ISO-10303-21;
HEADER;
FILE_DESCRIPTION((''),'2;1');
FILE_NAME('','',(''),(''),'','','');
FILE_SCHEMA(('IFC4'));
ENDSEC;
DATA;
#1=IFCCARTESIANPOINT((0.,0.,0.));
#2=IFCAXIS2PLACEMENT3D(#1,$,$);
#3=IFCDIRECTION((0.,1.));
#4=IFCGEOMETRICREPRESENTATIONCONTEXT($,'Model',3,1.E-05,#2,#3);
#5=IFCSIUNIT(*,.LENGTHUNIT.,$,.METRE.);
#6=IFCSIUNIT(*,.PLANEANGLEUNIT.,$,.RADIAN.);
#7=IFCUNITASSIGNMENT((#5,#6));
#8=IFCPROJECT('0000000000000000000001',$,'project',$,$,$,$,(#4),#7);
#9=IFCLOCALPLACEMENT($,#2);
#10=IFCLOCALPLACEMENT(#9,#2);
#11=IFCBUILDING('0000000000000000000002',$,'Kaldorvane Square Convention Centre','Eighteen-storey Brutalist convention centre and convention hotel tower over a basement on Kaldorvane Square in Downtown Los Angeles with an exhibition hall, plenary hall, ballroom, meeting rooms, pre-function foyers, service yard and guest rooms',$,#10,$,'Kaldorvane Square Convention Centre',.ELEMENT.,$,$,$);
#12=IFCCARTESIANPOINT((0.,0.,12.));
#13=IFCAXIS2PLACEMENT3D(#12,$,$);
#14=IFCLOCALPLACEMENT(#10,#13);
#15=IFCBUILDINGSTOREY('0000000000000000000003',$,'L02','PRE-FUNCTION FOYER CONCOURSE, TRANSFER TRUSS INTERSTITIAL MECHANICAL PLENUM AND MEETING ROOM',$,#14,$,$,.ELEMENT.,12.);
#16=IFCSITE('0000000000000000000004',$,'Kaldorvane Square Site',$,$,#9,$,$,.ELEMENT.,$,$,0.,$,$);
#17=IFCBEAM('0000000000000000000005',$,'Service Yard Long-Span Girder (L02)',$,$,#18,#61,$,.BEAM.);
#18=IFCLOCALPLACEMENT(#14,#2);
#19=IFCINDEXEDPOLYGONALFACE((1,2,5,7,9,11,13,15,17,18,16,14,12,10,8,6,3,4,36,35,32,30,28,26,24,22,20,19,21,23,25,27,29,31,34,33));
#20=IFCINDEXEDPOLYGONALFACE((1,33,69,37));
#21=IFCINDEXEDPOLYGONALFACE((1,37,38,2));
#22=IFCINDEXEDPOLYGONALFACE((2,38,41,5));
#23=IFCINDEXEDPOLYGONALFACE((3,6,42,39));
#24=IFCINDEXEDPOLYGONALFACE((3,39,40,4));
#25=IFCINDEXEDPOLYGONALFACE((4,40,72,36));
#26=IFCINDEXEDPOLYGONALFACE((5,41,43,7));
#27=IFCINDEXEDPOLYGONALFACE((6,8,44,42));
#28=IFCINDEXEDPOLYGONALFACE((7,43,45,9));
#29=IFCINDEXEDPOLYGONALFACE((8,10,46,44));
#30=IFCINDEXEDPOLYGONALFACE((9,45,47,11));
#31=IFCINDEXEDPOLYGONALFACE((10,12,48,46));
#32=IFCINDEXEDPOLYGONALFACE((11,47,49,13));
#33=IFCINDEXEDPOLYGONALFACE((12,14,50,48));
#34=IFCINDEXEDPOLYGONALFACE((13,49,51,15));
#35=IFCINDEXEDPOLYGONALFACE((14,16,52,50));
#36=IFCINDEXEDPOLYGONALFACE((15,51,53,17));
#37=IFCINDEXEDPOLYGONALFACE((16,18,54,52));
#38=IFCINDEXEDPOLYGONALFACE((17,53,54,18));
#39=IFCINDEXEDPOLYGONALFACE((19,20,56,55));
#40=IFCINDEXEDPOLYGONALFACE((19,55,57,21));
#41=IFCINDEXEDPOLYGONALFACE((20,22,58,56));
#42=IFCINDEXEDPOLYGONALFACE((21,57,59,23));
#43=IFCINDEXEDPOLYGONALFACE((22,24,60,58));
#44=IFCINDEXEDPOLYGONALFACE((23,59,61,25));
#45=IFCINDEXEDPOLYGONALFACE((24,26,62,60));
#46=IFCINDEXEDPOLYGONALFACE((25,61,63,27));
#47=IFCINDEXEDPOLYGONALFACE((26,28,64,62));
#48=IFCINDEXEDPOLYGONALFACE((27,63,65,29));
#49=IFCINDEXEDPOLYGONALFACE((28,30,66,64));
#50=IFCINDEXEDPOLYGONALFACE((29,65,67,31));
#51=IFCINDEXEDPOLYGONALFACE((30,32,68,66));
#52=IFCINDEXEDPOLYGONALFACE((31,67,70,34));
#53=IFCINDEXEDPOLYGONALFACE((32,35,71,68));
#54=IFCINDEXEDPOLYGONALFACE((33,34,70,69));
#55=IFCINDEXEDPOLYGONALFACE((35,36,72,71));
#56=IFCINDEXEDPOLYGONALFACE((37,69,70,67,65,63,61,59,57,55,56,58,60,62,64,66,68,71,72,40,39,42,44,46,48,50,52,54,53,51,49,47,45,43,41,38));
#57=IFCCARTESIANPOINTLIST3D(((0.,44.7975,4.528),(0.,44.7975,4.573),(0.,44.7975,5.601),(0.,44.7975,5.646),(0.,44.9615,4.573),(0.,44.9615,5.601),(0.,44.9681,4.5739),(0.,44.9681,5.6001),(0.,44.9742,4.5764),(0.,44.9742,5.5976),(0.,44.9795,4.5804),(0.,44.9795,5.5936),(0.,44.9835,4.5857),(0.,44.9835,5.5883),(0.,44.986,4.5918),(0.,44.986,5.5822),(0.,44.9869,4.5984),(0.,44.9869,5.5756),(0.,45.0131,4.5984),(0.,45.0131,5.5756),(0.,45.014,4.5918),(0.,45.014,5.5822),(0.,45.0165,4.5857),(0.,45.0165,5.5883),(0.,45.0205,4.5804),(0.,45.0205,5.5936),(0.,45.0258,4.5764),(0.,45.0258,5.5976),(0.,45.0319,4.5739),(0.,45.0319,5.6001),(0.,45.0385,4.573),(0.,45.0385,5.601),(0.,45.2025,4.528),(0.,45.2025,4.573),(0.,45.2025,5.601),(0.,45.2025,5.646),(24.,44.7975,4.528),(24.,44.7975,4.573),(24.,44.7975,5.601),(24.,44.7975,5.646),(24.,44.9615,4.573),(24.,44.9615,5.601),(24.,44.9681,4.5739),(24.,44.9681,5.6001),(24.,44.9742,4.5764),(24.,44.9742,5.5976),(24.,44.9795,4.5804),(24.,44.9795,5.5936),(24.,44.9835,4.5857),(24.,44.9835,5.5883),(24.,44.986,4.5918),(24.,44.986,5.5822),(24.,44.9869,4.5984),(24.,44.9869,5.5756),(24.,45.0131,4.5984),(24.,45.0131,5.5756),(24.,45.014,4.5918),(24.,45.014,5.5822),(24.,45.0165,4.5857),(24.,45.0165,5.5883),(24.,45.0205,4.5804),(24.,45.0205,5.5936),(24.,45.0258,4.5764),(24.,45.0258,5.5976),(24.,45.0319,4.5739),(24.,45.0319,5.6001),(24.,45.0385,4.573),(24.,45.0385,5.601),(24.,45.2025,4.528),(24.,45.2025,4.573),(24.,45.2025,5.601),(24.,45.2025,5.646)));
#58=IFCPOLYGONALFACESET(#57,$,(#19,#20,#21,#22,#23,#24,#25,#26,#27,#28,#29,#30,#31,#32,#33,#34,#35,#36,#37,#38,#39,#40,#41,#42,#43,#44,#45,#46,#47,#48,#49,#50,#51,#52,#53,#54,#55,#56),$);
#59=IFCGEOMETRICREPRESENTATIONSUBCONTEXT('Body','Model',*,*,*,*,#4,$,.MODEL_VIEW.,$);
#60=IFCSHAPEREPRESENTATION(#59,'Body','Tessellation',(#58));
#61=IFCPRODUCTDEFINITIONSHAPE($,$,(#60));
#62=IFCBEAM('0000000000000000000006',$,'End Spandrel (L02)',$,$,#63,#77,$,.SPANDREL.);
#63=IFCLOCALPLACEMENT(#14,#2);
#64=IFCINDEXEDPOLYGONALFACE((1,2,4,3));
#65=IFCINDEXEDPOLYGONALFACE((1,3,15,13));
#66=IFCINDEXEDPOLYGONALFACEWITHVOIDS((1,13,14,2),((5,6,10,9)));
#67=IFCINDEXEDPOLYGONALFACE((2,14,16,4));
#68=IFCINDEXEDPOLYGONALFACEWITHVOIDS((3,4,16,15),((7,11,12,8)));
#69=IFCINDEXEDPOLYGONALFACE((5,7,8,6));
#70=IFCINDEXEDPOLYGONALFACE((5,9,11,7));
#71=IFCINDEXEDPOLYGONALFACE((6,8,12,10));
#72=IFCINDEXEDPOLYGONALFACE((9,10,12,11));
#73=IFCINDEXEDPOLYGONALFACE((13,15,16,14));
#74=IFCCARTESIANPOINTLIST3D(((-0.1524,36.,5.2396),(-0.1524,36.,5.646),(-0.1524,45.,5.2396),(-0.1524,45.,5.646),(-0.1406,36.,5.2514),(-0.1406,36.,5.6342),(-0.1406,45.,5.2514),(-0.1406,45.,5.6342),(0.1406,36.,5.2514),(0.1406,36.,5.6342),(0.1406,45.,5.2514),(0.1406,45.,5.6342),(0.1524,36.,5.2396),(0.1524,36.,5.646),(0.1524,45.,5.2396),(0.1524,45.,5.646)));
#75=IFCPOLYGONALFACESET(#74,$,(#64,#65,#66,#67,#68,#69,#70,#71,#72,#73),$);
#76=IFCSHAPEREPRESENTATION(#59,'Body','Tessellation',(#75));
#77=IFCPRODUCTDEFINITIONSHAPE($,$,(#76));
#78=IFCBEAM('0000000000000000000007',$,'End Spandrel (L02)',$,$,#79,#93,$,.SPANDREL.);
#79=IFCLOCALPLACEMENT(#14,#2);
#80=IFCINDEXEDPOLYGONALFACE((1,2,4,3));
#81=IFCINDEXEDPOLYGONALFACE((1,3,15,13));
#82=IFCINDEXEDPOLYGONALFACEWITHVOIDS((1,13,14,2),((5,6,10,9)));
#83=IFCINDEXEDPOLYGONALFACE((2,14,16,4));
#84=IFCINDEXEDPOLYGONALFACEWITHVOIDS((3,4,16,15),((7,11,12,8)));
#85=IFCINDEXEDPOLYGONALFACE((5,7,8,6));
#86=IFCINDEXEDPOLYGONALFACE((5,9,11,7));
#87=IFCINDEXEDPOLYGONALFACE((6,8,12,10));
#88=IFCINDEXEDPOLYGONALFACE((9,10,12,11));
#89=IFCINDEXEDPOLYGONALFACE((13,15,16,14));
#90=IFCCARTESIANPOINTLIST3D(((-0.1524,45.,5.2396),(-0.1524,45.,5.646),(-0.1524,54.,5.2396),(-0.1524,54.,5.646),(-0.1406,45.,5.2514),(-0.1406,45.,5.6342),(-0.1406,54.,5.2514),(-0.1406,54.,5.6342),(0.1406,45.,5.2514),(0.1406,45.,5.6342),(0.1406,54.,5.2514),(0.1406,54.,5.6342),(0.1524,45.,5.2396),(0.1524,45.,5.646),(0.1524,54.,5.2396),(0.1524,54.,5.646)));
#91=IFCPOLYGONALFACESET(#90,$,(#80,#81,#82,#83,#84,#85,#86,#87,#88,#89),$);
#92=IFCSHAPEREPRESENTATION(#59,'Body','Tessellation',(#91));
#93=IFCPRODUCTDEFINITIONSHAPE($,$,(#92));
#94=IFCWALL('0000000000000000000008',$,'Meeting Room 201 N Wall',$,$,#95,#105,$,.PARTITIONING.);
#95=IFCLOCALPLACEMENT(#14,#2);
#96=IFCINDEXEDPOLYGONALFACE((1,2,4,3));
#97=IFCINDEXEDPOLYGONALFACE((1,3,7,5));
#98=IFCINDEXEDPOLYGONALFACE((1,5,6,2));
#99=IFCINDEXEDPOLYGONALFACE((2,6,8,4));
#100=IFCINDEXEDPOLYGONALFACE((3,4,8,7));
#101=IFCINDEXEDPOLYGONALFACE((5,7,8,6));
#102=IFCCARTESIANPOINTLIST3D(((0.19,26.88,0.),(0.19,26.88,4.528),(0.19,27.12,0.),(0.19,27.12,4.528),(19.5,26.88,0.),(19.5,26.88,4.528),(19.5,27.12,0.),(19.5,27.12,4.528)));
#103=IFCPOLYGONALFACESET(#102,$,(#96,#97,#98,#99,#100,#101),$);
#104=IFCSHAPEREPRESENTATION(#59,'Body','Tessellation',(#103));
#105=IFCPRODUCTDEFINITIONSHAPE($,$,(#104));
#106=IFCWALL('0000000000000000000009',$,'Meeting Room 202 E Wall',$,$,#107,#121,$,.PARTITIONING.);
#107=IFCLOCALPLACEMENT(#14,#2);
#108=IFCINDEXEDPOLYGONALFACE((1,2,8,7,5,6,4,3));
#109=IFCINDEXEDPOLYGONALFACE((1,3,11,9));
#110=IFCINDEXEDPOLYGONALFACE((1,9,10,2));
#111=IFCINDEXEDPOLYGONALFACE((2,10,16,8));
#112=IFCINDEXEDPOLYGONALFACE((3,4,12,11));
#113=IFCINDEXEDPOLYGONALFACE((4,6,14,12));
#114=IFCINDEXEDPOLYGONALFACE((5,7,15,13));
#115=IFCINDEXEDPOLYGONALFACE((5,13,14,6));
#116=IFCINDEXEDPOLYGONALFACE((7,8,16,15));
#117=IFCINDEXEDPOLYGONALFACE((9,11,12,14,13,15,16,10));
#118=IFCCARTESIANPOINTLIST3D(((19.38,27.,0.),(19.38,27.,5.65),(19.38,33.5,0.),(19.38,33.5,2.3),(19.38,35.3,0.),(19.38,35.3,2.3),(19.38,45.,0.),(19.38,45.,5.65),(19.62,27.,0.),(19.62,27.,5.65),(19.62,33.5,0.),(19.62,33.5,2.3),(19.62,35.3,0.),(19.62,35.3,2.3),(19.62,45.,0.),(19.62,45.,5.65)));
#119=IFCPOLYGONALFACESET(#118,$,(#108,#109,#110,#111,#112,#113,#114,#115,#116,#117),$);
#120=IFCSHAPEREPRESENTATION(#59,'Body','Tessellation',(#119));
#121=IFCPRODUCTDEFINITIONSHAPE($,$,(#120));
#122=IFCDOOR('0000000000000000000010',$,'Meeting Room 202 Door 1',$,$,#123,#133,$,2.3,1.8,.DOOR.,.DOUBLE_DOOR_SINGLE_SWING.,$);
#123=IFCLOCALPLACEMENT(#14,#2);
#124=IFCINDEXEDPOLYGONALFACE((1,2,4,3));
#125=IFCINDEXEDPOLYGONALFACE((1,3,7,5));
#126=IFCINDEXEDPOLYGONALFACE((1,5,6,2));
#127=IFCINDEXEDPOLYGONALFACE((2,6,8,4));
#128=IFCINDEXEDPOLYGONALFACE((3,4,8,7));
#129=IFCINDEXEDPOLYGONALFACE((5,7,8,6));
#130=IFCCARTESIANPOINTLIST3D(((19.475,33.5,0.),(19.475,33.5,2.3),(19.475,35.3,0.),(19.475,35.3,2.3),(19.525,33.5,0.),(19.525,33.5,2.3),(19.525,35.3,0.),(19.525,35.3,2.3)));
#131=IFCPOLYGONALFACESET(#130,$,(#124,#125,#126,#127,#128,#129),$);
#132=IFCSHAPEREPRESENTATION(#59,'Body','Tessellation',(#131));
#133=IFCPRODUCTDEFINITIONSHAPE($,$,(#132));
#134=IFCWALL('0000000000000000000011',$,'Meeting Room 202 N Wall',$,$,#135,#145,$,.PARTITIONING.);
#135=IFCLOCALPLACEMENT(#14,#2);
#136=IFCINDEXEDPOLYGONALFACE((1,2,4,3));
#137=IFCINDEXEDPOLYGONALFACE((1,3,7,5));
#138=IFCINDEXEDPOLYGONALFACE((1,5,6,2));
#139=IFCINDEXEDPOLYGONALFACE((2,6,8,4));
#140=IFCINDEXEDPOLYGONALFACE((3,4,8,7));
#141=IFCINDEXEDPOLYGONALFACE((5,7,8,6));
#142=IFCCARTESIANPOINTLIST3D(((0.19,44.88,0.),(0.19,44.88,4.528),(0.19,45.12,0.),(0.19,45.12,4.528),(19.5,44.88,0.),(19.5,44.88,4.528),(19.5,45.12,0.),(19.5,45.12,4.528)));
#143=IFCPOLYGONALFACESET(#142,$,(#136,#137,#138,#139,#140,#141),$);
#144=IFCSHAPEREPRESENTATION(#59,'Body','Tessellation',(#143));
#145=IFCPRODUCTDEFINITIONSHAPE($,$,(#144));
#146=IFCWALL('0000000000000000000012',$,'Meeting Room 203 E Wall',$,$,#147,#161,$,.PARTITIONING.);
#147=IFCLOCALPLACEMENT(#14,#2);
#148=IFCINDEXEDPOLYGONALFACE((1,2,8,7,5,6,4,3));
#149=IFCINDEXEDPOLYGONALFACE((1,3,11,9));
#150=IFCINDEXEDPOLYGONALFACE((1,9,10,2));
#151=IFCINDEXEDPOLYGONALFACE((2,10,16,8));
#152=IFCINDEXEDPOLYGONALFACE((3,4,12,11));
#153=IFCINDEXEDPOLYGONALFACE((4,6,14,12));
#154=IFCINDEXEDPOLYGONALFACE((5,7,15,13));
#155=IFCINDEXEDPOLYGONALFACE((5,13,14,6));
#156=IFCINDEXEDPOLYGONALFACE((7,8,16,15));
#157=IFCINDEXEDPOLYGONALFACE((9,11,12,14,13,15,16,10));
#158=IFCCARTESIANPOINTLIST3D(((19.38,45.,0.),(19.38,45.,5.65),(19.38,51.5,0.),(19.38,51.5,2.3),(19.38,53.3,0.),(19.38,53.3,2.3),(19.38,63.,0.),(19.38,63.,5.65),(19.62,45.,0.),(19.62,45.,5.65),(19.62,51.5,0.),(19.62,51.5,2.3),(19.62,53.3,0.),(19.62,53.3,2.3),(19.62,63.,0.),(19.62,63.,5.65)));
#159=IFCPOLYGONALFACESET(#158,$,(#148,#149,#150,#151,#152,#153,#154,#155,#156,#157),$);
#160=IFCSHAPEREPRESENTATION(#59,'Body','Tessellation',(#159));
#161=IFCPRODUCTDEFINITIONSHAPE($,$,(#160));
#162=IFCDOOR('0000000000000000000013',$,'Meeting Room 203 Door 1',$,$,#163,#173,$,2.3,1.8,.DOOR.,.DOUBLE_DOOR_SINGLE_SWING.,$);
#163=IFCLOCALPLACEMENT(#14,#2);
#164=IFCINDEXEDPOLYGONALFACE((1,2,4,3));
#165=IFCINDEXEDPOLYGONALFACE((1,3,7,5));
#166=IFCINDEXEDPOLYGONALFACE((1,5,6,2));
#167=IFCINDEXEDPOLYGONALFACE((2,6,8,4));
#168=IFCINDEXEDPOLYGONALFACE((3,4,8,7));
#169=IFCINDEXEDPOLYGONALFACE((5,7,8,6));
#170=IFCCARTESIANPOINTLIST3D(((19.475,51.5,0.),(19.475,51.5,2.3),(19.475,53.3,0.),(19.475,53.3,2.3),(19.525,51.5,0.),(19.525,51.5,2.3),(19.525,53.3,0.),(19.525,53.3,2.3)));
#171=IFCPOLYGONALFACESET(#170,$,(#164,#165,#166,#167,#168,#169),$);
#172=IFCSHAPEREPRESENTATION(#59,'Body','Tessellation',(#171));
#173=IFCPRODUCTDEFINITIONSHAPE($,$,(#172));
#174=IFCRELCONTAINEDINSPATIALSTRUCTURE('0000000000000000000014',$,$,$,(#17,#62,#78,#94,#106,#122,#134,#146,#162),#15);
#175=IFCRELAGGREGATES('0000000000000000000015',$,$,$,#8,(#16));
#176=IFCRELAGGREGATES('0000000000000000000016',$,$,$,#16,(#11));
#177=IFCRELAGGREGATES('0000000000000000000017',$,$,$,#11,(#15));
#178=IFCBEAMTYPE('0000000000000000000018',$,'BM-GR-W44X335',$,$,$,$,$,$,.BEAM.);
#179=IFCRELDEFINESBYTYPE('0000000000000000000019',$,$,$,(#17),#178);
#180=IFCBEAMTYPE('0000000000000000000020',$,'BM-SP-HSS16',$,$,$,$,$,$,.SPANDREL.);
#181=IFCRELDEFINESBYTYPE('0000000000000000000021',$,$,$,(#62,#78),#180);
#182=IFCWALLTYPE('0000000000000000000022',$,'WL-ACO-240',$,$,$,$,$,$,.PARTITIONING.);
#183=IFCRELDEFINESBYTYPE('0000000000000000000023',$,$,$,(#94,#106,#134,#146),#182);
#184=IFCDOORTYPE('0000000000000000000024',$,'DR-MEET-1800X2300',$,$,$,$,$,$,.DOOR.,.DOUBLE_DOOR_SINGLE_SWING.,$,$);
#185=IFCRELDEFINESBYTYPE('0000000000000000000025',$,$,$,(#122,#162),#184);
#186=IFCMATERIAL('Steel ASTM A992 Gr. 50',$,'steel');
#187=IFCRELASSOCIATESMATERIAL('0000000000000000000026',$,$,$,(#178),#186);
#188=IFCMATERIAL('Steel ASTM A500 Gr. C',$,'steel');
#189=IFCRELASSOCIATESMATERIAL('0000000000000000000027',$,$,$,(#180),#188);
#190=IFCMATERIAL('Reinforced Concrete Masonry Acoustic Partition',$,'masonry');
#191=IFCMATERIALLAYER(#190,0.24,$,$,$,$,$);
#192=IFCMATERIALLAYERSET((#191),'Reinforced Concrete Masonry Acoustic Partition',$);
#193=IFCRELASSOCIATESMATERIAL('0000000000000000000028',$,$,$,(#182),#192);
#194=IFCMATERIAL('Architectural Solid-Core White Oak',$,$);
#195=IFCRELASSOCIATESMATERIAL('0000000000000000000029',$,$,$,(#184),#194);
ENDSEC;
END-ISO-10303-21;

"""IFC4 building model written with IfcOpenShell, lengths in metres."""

from ifc_helpers import new_model, si_unit, direction, frame, frame_2d, origin, origin_2d, place, context, subcontext, project, spatial, rectangle, hollow_rectangle, i_section, extrude, material, layer, layer_set, material_profile, profile_set, type_object, element, fill, save


model = new_model("IFC4")

# Units and contexts
model_context = context("Model", 3, precision=1e-05, world=origin(), true_north=direction((0.0, 1.0)))
body_context = subcontext(model_context, "Body", "Model", "MODEL_VIEW")
ifc_project = project(units=[si_unit("LENGTHUNIT", "METRE"), si_unit("PLANEANGLEUNIT", "RADIAN")], contexts=[model_context])

# Site, building, storey
site_placement = place(None, origin())
site = spatial("IfcSite", under=ifc_project, at=site_placement, Name="Kaldorvane Square Site", CompositionType="ELEMENT", RefElevation=0.0)
building_placement = place(site_placement, origin())
building = spatial("IfcBuilding", under=site, at=building_placement, Name="Kaldorvane Square Convention Centre", Description="Eighteen-storey Brutalist convention centre and convention hotel tower over a basement on Kaldorvane Square in Downtown Los Angeles with an exhibition hall, plenary hall, ballroom, meeting rooms, pre-function foyers, service yard and guest rooms", LongName="Kaldorvane Square Convention Centre", CompositionType="ELEMENT")
storey_placement = place(building_placement, frame((0.0, 0.0, 12.0)))
storey = spatial("IfcBuildingStorey", under=building, at=storey_placement, Name="L02", Description="PRE-FUNCTION FOYER CONCOURSE, TRANSFER TRUSS INTERSTITIAL MECHANICAL PLENUM AND MEETING ROOM", CompositionType="ELEMENT", Elevation=12.0)

# Shared definitions
ifc_material_1 = material(Name="Steel ASTM A500 Gr. C", Category="steel")
ifc_material_2 = material(Name="Steel ASTM A992 Gr. 50", Category="steel")

# Beams
ifc_material_profile_1 = material_profile(ifc_material_2, i_section(OverallWidth=0.405, OverallDepth=1.118, WebThickness=0.0262, FlangeThickness=0.045, FilletRadius=0.0254, at=origin_2d()), Name="W44X335")
ifc_profile_set_1 = profile_set([ifc_material_profile_1], Name="Steel ASTM A992 Gr. 50")
beam_type_1 = type_object("IfcBeamType", Name="BM-GR-W44X335", PredefinedType="BEAM", material=ifc_profile_set_1)
for number, where, z_axis, x_axis, name in (
    (1, (0.0, 45.0, 5.087), (1.0, 0.0, 0.0), (0.0, 1.0, 0.0), "Service Yard Long-Span Girder (L02)"),
):
    element("IfcBeam", number, at=place(storey_placement, frame(where, z_axis=z_axis, x_axis=x_axis)), inside=storey, type_object=beam_type_1, Name=name, PredefinedType="BEAM", context=body_context, shape_type="SweptSolid", body=[
        extrude(i_section(OverallWidth=0.405, OverallDepth=1.118, WebThickness=0.0262, FlangeThickness=0.045, FilletRadius=0.0254, at=origin_2d()), origin(), (0.0, 0.0, 1.0), 24.0),
    ])
ifc_material_profile_2 = material_profile(ifc_material_1, hollow_rectangle(XDim=0.3048, YDim=0.4064, WallThickness=0.0118, at=origin_2d()), Name="HSS16X12X1/2")
ifc_profile_set_2 = profile_set([ifc_material_profile_2], Name="Steel ASTM A500 Gr. C")
beam_type_2 = type_object("IfcBeamType", Name="BM-SP-HSS16", PredefinedType="SPANDREL", material=ifc_profile_set_2)
for number, where, z_axis, x_axis, name in (
    (2, (0.0, 36.0, 5.4428), (0.0, 1.0, 0.0), (-1.0, 0.0, 0.0), "End Spandrel (L02)"),
    (3, (0.0, 45.0, 5.4428), (0.0, 1.0, 0.0), (-1.0, 0.0, 0.0), "End Spandrel (L02)"),
):
    element("IfcBeam", number, at=place(storey_placement, frame(where, z_axis=z_axis, x_axis=x_axis)), inside=storey, type_object=beam_type_2, Name=name, PredefinedType="SPANDREL", context=body_context, shape_type="SweptSolid", body=[
        extrude(hollow_rectangle(XDim=0.3048, YDim=0.4064, WallThickness=0.0118, at=origin_2d()), origin(), (0.0, 0.0, 1.0), 9.0),
    ])

# Wall
ifc_material_3 = material(Name="Reinforced Concrete Masonry Acoustic Partition", Category="masonry")
ifc_layer_1 = layer(ifc_material_3, 0.24)
ifc_layer_set_1 = layer_set([ifc_layer_1], Name="Reinforced Concrete Masonry Acoustic Partition")
wall_type_1 = type_object("IfcWallType", Name="WL-ACO-240", PredefinedType="PARTITIONING", material=ifc_layer_set_1)
wall_1_placement = place(storey_placement, frame((19.5, 27.0, 0.0), z_axis=(0.0, 0.0, 1.0), x_axis=(-1.0, 0.0, 0.0)))
element("IfcWall", 4, at=wall_1_placement, inside=storey, type_object=wall_type_1, Name="Meeting Room 201 N Wall", PredefinedType="PARTITIONING", context=body_context, shape_type="SweptSolid", body=[
    extrude(rectangle(XDim=19.31, YDim=0.24, at=frame_2d((9.655, 0.0))), origin(), (0.0, 0.0, 1.0), 4.528),
])

# Wall, opening, door
wall_2_placement = place(storey_placement, frame((19.5, 27.0, 0.0), z_axis=(0.0, 0.0, 1.0), x_axis=(0.0, 1.0, 0.0)))
wall_2 = element("IfcWall", 5, at=wall_2_placement, inside=storey, type_object=wall_type_1, Name="Meeting Room 202 E Wall", PredefinedType="PARTITIONING", context=body_context, shape_type="SweptSolid", body=[
    extrude(rectangle(XDim=18.0, YDim=0.24, at=frame_2d((9.0, 0.0))), origin(), (0.0, 0.0, 1.0), 5.65),
])
opening_1_placement = place(wall_2_placement, frame((6.5, 0.0, 0.0)))
opening_1 = element("IfcOpeningElement", 6, at=opening_1_placement, cuts=wall_2, PredefinedType="OPENING", context=body_context, shape_type="SweptSolid", body=[
    extrude(rectangle(XDim=1.8, YDim=2.3, at=frame_2d((0.9, 1.15))), frame((0.0, 0.135, 0.0), z_axis=(0.0, -1.0, 0.0), x_axis=(1.0, 0.0, 0.0)), (0.0, 0.0, 1.0), 0.27),
])
ifc_material_4 = material(Name="Architectural Solid-Core White Oak")
door_type = type_object("IfcDoorType", Name="DR-MEET-1800X2300", OperationType="DOUBLE_DOOR_SINGLE_SWING", PredefinedType="DOOR", material=ifc_material_4)
door_1_placement = place(opening_1_placement, origin())
door_1 = element("IfcDoor", 7, at=door_1_placement, inside=storey, type_object=door_type, Name="Meeting Room 202 Door 1", OperationType="DOUBLE_DOOR_SINGLE_SWING", OverallHeight=2.3, OverallWidth=1.8, PredefinedType="DOOR", context=body_context, shape_type="SweptSolid", body=[
    extrude(rectangle(XDim=1.8, YDim=2.3, at=frame_2d((0.9, 1.15))), frame((0.0, 0.025, 0.0), z_axis=(0.0, -1.0, 0.0), x_axis=(1.0, 0.0, 0.0)), (0.0, 0.0, 1.0), 0.05),
])
fill(opening_1, door_1)

# Wall
wall_3_placement = place(storey_placement, frame((19.5, 45.0, 0.0), z_axis=(0.0, 0.0, 1.0), x_axis=(-1.0, 0.0, 0.0)))
element("IfcWall", 8, at=wall_3_placement, inside=storey, type_object=wall_type_1, Name="Meeting Room 202 N Wall", PredefinedType="PARTITIONING", context=body_context, shape_type="SweptSolid", body=[
    extrude(rectangle(XDim=19.31, YDim=0.24, at=frame_2d((9.655, 0.0))), origin(), (0.0, 0.0, 1.0), 4.528),
])

# Wall, opening, door
wall_4_placement = place(storey_placement, frame((19.5, 45.0, 0.0), z_axis=(0.0, 0.0, 1.0), x_axis=(0.0, 1.0, 0.0)))
wall_4 = element("IfcWall", 9, at=wall_4_placement, inside=storey, type_object=wall_type_1, Name="Meeting Room 203 E Wall", PredefinedType="PARTITIONING", context=body_context, shape_type="SweptSolid", body=[
    extrude(rectangle(XDim=18.0, YDim=0.24, at=frame_2d((9.0, 0.0))), origin(), (0.0, 0.0, 1.0), 5.65),
])
opening_2_placement = place(wall_4_placement, frame((6.5, 0.0, 0.0)))
opening_2 = element("IfcOpeningElement", 10, at=opening_2_placement, cuts=wall_4, PredefinedType="OPENING", context=body_context, shape_type="SweptSolid", body=[
    extrude(rectangle(XDim=1.8, YDim=2.3, at=frame_2d((0.9, 1.15))), frame((0.0, 0.135, 0.0), z_axis=(0.0, -1.0, 0.0), x_axis=(1.0, 0.0, 0.0)), (0.0, 0.0, 1.0), 0.27),
])
door_2_placement = place(opening_2_placement, origin())
door_2 = element("IfcDoor", 11, at=door_2_placement, inside=storey, type_object=door_type, Name="Meeting Room 203 Door 1", OperationType="DOUBLE_DOOR_SINGLE_SWING", OverallHeight=2.3, OverallWidth=1.8, PredefinedType="DOOR", context=body_context, shape_type="SweptSolid", body=[
    extrude(rectangle(XDim=1.8, YDim=2.3, at=frame_2d((0.9, 1.15))), frame((0.0, 0.025, 0.0), z_axis=(0.0, -1.0, 0.0), x_axis=(1.0, 0.0, 0.0)), (0.0, 0.0, 1.0), 0.05),
])
fill(opening_2, door_2)

save(model, "model.ifc")
